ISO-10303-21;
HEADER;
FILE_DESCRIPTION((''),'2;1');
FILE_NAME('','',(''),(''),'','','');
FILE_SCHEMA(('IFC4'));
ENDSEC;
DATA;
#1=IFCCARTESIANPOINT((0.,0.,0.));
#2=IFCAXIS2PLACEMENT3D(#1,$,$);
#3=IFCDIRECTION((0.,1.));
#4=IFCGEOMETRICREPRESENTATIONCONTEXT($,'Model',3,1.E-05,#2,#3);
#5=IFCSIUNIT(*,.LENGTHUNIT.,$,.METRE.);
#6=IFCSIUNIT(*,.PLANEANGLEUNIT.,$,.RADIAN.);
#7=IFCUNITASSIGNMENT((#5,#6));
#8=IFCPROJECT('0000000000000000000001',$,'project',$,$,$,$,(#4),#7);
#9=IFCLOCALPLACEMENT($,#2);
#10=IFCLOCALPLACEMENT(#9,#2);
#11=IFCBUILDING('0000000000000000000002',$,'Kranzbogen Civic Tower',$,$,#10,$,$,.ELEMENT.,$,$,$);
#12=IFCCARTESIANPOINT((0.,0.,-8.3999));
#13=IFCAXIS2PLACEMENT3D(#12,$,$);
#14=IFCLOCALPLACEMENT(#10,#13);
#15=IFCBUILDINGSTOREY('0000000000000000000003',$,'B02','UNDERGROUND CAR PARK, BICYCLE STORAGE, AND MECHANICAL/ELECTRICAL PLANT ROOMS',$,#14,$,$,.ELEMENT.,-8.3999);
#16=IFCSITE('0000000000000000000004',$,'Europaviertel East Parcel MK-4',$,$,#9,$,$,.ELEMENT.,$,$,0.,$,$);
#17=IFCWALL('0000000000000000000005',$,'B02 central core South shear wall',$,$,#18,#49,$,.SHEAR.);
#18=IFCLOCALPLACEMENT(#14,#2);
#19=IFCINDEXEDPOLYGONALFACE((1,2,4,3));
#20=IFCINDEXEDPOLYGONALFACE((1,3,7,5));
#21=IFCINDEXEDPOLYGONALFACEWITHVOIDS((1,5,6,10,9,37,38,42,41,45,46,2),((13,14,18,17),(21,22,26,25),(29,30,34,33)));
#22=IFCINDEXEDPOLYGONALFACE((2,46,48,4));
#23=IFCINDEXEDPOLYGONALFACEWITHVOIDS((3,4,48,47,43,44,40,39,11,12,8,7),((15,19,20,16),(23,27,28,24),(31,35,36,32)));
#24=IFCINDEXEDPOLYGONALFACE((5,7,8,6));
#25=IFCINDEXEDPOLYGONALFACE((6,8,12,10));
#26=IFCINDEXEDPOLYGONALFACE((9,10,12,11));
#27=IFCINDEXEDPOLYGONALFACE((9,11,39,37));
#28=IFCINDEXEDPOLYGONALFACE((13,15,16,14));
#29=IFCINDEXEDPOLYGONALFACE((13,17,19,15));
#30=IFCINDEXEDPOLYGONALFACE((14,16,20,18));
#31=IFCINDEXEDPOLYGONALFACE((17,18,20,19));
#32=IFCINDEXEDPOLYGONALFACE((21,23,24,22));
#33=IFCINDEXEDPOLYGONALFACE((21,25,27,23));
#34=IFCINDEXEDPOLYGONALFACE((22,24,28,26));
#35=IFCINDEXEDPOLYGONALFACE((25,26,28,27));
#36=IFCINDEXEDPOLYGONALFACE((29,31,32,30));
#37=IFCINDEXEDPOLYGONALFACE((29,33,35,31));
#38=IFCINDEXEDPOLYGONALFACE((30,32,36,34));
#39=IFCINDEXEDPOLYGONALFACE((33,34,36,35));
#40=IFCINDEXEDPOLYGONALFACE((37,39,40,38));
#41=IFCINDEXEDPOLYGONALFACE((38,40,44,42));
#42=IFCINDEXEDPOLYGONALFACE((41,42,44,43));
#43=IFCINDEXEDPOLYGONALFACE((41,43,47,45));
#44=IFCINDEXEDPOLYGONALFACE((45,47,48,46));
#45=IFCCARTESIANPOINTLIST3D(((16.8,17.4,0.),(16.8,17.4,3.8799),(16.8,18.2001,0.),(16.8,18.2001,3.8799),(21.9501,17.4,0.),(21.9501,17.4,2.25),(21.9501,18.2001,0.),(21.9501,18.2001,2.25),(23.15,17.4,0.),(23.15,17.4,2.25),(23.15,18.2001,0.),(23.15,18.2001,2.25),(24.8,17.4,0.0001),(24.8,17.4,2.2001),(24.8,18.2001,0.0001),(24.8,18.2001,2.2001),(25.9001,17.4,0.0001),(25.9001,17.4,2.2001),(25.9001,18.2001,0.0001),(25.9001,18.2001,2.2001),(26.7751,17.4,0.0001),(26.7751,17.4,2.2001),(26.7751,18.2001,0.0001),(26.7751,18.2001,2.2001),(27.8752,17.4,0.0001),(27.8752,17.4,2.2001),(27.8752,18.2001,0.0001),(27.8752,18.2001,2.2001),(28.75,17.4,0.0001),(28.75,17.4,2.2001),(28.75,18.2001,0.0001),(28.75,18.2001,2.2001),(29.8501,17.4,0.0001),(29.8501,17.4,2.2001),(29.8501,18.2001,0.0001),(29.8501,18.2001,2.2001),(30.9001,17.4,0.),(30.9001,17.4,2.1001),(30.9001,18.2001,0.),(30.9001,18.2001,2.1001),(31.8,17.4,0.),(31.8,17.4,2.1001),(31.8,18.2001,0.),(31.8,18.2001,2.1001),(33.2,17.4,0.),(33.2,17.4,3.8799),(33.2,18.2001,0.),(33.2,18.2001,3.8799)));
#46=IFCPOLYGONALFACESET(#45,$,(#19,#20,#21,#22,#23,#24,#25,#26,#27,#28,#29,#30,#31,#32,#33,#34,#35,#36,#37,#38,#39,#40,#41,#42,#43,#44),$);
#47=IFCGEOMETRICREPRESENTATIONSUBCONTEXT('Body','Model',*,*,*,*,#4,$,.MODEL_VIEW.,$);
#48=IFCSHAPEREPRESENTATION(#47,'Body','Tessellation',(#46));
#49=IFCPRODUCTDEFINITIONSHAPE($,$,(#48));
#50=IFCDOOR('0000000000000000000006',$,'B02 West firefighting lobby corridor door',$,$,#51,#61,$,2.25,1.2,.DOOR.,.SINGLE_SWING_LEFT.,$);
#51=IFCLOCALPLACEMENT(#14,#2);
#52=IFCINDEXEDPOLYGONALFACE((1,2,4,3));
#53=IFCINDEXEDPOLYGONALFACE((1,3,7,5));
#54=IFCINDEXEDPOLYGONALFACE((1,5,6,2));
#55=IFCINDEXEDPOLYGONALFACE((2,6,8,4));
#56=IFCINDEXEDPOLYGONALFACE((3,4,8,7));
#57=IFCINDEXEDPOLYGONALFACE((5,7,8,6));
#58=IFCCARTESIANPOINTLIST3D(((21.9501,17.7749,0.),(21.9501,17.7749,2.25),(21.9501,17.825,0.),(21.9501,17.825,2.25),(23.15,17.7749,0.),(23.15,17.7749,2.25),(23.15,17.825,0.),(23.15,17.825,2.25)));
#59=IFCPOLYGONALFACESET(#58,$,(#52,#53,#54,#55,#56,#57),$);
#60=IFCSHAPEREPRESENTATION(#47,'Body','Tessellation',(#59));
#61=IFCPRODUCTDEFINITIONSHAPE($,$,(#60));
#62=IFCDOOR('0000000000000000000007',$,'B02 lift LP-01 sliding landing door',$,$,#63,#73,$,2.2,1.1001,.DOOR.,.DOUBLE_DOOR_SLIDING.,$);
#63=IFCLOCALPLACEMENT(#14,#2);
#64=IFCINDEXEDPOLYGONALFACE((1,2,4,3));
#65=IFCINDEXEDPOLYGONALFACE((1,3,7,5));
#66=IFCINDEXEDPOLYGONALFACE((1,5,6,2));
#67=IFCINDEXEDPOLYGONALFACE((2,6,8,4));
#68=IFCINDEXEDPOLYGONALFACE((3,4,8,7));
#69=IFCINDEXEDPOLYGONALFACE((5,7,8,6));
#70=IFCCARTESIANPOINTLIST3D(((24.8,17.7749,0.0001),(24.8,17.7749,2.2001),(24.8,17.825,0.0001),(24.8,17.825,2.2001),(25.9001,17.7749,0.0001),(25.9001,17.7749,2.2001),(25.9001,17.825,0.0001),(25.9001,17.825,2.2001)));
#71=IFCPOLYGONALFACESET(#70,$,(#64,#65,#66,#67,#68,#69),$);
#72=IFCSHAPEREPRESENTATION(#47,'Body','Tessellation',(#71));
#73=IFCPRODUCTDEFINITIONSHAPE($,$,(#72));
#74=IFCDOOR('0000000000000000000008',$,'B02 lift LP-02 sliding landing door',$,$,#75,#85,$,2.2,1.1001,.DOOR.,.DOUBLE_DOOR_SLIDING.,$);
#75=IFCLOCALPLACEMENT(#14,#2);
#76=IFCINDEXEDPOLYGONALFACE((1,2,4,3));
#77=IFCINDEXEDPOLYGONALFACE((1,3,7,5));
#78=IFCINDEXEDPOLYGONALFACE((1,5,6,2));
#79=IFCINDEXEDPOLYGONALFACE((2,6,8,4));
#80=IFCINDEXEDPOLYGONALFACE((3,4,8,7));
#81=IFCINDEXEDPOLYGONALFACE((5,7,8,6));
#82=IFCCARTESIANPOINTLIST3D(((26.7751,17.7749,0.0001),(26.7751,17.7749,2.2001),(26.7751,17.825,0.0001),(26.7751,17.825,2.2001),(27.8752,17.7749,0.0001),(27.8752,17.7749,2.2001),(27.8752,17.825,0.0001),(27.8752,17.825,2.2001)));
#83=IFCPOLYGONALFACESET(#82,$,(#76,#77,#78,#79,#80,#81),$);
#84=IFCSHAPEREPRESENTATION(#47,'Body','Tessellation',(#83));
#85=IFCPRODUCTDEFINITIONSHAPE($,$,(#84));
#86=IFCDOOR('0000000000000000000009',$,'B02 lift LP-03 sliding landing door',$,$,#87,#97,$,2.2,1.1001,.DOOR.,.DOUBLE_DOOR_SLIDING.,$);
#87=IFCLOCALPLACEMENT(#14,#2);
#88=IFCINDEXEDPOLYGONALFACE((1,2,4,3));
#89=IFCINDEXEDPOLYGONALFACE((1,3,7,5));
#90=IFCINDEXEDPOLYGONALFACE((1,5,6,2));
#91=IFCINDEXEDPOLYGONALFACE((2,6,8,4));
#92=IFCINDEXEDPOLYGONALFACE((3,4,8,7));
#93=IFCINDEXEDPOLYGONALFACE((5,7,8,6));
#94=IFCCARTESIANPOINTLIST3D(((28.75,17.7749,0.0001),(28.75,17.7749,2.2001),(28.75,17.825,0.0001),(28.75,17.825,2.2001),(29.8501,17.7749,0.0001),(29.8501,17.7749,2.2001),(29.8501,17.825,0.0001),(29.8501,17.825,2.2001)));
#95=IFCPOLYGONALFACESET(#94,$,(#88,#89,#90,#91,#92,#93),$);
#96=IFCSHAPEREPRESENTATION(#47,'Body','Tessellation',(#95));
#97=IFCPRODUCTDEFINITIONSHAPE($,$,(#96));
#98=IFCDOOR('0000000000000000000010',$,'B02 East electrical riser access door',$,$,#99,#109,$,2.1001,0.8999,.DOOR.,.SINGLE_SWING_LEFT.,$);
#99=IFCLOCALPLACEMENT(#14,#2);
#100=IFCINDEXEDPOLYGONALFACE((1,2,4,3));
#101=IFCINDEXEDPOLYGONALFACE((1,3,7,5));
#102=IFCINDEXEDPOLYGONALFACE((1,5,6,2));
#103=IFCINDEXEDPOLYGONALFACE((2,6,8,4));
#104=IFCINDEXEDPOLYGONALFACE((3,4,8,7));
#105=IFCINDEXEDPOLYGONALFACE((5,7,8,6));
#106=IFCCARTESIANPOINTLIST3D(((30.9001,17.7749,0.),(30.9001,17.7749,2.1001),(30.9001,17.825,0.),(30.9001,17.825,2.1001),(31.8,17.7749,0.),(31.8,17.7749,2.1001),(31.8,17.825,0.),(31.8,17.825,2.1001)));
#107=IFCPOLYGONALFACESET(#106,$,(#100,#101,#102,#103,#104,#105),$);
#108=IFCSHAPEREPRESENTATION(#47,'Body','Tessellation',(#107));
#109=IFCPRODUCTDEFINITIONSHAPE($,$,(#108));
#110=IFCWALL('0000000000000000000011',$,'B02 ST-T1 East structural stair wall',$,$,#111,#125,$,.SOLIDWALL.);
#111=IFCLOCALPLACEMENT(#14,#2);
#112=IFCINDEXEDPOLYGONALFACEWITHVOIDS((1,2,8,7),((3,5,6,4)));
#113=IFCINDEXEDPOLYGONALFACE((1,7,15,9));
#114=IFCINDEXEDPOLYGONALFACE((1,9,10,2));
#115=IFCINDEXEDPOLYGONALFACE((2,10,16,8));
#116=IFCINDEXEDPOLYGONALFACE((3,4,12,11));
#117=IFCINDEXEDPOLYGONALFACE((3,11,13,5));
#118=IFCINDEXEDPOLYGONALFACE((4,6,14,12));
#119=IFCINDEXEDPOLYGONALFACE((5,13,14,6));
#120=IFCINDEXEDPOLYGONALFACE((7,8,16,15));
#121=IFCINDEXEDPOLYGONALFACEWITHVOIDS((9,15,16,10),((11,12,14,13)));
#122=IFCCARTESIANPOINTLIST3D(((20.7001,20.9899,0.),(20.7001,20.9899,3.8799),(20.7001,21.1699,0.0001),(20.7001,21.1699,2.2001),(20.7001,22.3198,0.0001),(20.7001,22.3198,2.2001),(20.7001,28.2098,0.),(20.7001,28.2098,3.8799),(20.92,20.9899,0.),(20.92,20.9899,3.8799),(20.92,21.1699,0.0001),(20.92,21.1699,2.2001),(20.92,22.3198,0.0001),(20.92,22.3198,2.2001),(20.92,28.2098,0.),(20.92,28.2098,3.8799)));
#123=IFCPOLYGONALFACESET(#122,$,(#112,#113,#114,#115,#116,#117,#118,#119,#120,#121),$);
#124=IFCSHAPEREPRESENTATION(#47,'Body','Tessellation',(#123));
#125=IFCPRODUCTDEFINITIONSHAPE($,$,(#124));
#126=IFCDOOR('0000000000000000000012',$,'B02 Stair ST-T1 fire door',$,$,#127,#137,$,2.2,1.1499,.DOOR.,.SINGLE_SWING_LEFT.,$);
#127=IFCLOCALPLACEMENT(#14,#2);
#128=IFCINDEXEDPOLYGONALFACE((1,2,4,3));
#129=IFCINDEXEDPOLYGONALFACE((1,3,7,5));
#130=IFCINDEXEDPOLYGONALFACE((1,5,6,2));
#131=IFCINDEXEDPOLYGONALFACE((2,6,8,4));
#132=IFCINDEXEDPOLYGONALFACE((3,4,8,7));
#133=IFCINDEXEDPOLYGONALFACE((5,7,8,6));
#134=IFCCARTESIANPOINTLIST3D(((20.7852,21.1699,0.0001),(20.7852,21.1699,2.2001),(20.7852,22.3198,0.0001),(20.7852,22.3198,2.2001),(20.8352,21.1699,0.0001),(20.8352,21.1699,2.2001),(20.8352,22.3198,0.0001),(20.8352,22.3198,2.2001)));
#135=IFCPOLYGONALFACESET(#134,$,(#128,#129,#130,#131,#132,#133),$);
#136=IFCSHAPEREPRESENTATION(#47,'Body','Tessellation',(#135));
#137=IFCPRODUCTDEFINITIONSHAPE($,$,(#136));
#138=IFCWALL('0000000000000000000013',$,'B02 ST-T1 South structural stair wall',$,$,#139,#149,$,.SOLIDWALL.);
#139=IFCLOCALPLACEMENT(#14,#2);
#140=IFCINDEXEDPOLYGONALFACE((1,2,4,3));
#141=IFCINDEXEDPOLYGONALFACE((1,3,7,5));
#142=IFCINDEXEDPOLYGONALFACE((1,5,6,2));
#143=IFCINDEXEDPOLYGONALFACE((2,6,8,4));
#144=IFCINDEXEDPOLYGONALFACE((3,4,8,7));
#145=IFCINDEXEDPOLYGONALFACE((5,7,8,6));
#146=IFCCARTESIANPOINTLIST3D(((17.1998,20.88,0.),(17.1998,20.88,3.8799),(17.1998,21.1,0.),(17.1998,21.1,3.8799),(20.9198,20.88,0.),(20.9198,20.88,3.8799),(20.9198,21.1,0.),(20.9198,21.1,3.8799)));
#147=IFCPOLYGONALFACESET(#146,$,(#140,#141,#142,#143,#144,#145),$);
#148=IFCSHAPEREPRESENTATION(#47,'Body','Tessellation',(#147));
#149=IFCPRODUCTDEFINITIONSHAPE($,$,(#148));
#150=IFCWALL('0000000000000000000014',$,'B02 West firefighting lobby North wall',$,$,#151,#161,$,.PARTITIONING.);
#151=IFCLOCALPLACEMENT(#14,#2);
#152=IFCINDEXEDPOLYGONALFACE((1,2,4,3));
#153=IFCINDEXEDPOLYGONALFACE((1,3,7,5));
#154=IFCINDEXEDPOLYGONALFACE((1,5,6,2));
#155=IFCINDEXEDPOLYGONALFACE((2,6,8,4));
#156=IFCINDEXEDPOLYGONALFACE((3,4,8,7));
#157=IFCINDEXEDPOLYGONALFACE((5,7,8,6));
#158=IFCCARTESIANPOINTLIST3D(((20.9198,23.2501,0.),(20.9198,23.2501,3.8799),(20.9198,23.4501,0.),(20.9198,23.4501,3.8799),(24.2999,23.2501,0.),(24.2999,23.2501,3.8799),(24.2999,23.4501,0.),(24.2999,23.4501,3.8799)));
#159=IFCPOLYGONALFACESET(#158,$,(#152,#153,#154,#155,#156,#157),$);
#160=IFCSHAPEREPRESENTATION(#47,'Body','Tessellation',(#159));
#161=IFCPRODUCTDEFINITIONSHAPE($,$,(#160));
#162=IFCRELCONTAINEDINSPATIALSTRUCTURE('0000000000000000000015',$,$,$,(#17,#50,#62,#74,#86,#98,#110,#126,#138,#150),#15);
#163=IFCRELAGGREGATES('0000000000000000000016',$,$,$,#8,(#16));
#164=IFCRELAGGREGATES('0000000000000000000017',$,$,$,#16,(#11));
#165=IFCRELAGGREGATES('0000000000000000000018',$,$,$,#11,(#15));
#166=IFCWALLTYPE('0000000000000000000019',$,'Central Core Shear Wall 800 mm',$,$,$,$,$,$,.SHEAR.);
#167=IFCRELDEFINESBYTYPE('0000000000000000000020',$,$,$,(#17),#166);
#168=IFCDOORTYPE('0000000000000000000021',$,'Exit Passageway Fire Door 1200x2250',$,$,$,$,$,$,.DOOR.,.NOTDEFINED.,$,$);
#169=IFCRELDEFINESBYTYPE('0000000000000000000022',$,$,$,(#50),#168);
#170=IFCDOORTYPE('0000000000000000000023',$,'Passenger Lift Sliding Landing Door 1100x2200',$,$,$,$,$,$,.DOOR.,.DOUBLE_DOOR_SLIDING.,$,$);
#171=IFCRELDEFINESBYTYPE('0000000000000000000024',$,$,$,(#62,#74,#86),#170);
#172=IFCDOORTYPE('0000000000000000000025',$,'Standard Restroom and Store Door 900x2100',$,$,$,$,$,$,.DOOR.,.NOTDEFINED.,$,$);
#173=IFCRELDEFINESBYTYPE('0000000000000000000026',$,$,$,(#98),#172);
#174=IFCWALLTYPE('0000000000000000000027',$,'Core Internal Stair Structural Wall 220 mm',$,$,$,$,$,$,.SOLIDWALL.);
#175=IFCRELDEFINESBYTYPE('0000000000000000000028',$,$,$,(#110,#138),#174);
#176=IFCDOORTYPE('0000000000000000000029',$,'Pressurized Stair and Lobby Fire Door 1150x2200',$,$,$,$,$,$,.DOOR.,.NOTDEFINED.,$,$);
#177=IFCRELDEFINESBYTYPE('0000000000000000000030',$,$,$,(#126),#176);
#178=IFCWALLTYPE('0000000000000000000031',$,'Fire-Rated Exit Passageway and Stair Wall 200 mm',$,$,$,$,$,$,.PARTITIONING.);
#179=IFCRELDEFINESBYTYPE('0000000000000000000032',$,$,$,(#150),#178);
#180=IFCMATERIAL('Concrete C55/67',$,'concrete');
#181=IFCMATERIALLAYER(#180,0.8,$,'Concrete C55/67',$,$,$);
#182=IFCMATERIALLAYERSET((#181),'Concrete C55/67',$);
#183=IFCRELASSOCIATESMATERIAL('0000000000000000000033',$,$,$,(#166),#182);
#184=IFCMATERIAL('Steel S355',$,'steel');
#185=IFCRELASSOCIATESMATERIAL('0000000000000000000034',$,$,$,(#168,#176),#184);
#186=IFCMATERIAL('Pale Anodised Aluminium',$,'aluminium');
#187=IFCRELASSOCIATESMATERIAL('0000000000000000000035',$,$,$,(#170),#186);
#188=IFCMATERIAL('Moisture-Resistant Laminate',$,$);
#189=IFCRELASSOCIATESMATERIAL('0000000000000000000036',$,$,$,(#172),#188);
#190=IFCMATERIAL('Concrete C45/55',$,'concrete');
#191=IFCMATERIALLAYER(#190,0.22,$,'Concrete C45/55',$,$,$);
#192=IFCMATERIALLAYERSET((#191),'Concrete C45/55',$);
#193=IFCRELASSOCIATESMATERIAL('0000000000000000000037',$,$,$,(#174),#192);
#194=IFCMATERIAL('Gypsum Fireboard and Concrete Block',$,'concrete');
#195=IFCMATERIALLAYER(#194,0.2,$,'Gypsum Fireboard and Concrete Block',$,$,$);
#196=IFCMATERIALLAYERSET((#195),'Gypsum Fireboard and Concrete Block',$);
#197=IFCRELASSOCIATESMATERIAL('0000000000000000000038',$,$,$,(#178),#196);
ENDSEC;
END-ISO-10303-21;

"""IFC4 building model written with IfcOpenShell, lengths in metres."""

from ifc_helpers import new_model, si_unit, direction, frame, frame_2d, origin, place, context, subcontext, project, spatial, rectangle, extrude, material, layer, layer_set, type_object, element, fill, save


model = new_model("IFC4")

# Units and contexts
model_context = context("Model", 3, precision=1e-05, world=origin(), true_north=direction((0.0, 1.0)))
body_context = subcontext(model_context, "Body", "Model", "MODEL_VIEW")
ifc_project = project(units=[si_unit("LENGTHUNIT", "METRE"), si_unit("PLANEANGLEUNIT", "RADIAN")], contexts=[model_context])

# Site, building, storey
site_placement = place(None, origin())
site = spatial("IfcSite", under=ifc_project, at=site_placement, Name="Europaviertel East Parcel MK-4", CompositionType="ELEMENT", RefElevation=0.0)
building_placement = place(site_placement, origin())
building = spatial("IfcBuilding", under=site, at=building_placement, Name="Kranzbogen Civic Tower", CompositionType="ELEMENT")
storey_placement = place(building_placement, frame((0.0, 0.0, -8.3999)))
storey = spatial("IfcBuildingStorey", under=building, at=storey_placement, Name="B02", Description="UNDERGROUND CAR PARK, BICYCLE STORAGE, AND MECHANICAL/ELECTRICAL PLANT ROOMS", CompositionType="ELEMENT", Elevation=-8.3999)

# Shared definitions
ifc_material_1 = material(Name="Concrete C45/55", Category="concrete")

# Wall, openings, doors
ifc_material_2 = material(Name="Concrete C55/67", Category="concrete")
ifc_layer_1 = layer(ifc_material_2, 0.8, Name="Concrete C55/67")
ifc_layer_set_1 = layer_set([ifc_layer_1], Name="Concrete C55/67")
wall_type_1 = type_object("IfcWallType", Name="Central Core Shear Wall 800 mm", PredefinedType="SHEAR", material=ifc_layer_set_1)
wall_1_placement = place(storey_placement, frame((16.8, 17.8, 0.0), z_axis=(0.0, 0.0, 1.0), x_axis=(1.0, 0.0, 0.0)))
wall_1 = element("IfcWall", 1, at=wall_1_placement, inside=storey, type_object=wall_type_1, Name="B02 central core South shear wall", PredefinedType="SHEAR", context=body_context, shape_type="SweptSolid", body=[
    extrude(rectangle(XDim=16.3999, YDim=0.8, at=frame_2d((8.2, 0.0))), origin(), (0.0, 0.0, 1.0), 3.8799),
])
opening_1_placement = place(wall_1_placement, frame((5.1499, 0.0, 0.0)))
opening_1 = element("IfcOpeningElement", 2, at=opening_1_placement, cuts=wall_1, PredefinedType="OPENING", context=body_context, shape_type="SweptSolid", body=[
    extrude(rectangle(XDim=1.2, YDim=2.25, at=frame_2d((0.6001, 1.125))), frame((0.0, 0.4102, 0.0), z_axis=(0.0, -1.0, 0.0), x_axis=(1.0, 0.0, 0.0)), (0.0, 0.0, 1.0), 0.8201),
])
opening_2_placement = place(wall_1_placement, frame((14.1001, 0.0, 0.0)))
opening_2 = element("IfcOpeningElement", 3, at=opening_2_placement, cuts=wall_1, PredefinedType="OPENING", context=body_context, shape_type="SweptSolid", body=[
    extrude(rectangle(XDim=0.8999, YDim=2.1001, at=frame_2d((0.45, 1.05))), frame((0.0, 0.4102, 0.0), z_axis=(0.0, -1.0, 0.0), x_axis=(1.0, 0.0, 0.0)), (0.0, 0.0, 1.0), 0.8201),
])
opening_3_placement = place(wall_1_placement, frame((8.0, 0.0, 0.0)))
opening_3 = element("IfcOpeningElement", 4, at=opening_3_placement, cuts=wall_1, PredefinedType="OPENING", context=body_context, shape_type="SweptSolid", body=[
    extrude(rectangle(XDim=1.1001, YDim=2.2, at=frame_2d((0.55, 1.1001))), frame((0.0, 0.4102, 0.0), z_axis=(0.0, -1.0, 0.0), x_axis=(1.0, 0.0, 0.0)), (0.0, 0.0, 1.0), 0.8201),
])
opening_4_placement = place(wall_1_placement, frame((9.9751, 0.0, 0.0)))
opening_4 = element("IfcOpeningElement", 5, at=opening_4_placement, cuts=wall_1, PredefinedType="OPENING", context=body_context, shape_type="SweptSolid", body=[
    extrude(rectangle(XDim=1.1001, YDim=2.2, at=frame_2d((0.55, 1.1001))), frame((0.0, 0.4102, 0.0), z_axis=(0.0, -1.0, 0.0), x_axis=(1.0, 0.0, 0.0)), (0.0, 0.0, 1.0), 0.8201),
])
opening_5_placement = place(wall_1_placement, frame((11.95, 0.0, 0.0)))
opening_5 = element("IfcOpeningElement", 6, at=opening_5_placement, cuts=wall_1, PredefinedType="OPENING", context=body_context, shape_type="SweptSolid", body=[
    extrude(rectangle(XDim=1.1001, YDim=2.2, at=frame_2d((0.55, 1.1001))), frame((0.0, 0.4102, 0.0), z_axis=(0.0, -1.0, 0.0), x_axis=(1.0, 0.0, 0.0)), (0.0, 0.0, 1.0), 0.8201),
])
ifc_material_3 = material(Name="Steel S355", Category="steel")
door_type_1 = type_object("IfcDoorType", Name="Exit Passageway Fire Door 1200x2250", OperationType="NOTDEFINED", PredefinedType="DOOR", material=ifc_material_3)
door_1_placement = place(opening_1_placement, origin())
door_1 = element("IfcDoor", 7, at=door_1_placement, inside=storey, type_object=door_type_1, Name="B02 West firefighting lobby corridor door", OperationType="SINGLE_SWING_LEFT", OverallHeight=2.25, OverallWidth=1.2, PredefinedType="DOOR", context=body_context, shape_type="SweptSolid", body=[
    extrude(rectangle(XDim=1.2, YDim=2.25, at=frame_2d((0.6001, 1.125))), frame((0.0, 0.0249, 0.0), z_axis=(0.0, -1.0, 0.0), x_axis=(1.0, 0.0, 0.0)), (0.0, 0.0, 1.0), 0.05),
])
fill(opening_1, door_1)
ifc_material_4 = material(Name="Pale Anodised Aluminium", Category="aluminium")
door_type_2 = type_object("IfcDoorType", Name="Passenger Lift Sliding Landing Door 1100x2200", OperationType="DOUBLE_DOOR_SLIDING", PredefinedType="DOOR", material=ifc_material_4)
door_2_placement = place(opening_3_placement, origin())
door_2 = element("IfcDoor", 8, at=door_2_placement, inside=storey, type_object=door_type_2, Name="B02 lift LP-01 sliding landing door", OperationType="DOUBLE_DOOR_SLIDING", OverallHeight=2.2, OverallWidth=1.1001, PredefinedType="DOOR", context=body_context, shape_type="SweptSolid", body=[
    extrude(rectangle(XDim=1.1001, YDim=2.2, at=frame_2d((0.55, 1.1001))), frame((0.0, 0.0249, 0.0), z_axis=(0.0, -1.0, 0.0), x_axis=(1.0, 0.0, 0.0)), (0.0, 0.0, 1.0), 0.05),
])
fill(opening_3, door_2)
door_3_placement = place(opening_4_placement, origin())
door_3 = element("IfcDoor", 9, at=door_3_placement, inside=storey, type_object=door_type_2, Name="B02 lift LP-02 sliding landing door", OperationType="DOUBLE_DOOR_SLIDING", OverallHeight=2.2, OverallWidth=1.1001, PredefinedType="DOOR", context=body_context, shape_type="SweptSolid", body=[
    extrude(rectangle(XDim=1.1001, YDim=2.2, at=frame_2d((0.55, 1.1001))), frame((0.0, 0.0249, 0.0), z_axis=(0.0, -1.0, 0.0), x_axis=(1.0, 0.0, 0.0)), (0.0, 0.0, 1.0), 0.05),
])
fill(opening_4, door_3)
door_4_placement = place(opening_5_placement, origin())
door_4 = element("IfcDoor", 10, at=door_4_placement, inside=storey, type_object=door_type_2, Name="B02 lift LP-03 sliding landing door", OperationType="DOUBLE_DOOR_SLIDING", OverallHeight=2.2, OverallWidth=1.1001, PredefinedType="DOOR", context=body_context, shape_type="SweptSolid", body=[
    extrude(rectangle(XDim=1.1001, YDim=2.2, at=frame_2d((0.55, 1.1001))), frame((0.0, 0.0249, 0.0), z_axis=(0.0, -1.0, 0.0), x_axis=(1.0, 0.0, 0.0)), (0.0, 0.0, 1.0), 0.05),
])
fill(opening_5, door_4)
ifc_material_5 = material(Name="Moisture-Resistant Laminate")
door_type_3 = type_object("IfcDoorType", Name="Standard Restroom and Store Door 900x2100", OperationType="NOTDEFINED", PredefinedType="DOOR", material=ifc_material_5)
door_5_placement = place(opening_2_placement, origin())
door_5 = element("IfcDoor", 11, at=door_5_placement, inside=storey, type_object=door_type_3, Name="B02 East electrical riser access door", OperationType="SINGLE_SWING_LEFT", OverallHeight=2.1001, OverallWidth=0.8999, PredefinedType="DOOR", context=body_context, shape_type="SweptSolid", body=[
    extrude(rectangle(XDim=0.8999, YDim=2.1001, at=frame_2d((0.45, 1.05))), frame((0.0, 0.0249, 0.0), z_axis=(0.0, -1.0, 0.0), x_axis=(1.0, 0.0, 0.0)), (0.0, 0.0, 1.0), 0.05),
])
fill(opening_2, door_5)

# Wall, opening, door
ifc_layer_2 = layer(ifc_material_1, 0.22, Name="Concrete C45/55")
ifc_layer_set_2 = layer_set([ifc_layer_2], Name="Concrete C45/55")
wall_type_2 = type_object("IfcWallType", Name="Core Internal Stair Structural Wall 220 mm", PredefinedType="SOLIDWALL", material=ifc_layer_set_2)
wall_2_placement = place(storey_placement, frame((20.8101, 20.99, 0.0), z_axis=(0.0, 0.0, 1.0), x_axis=(0.0, 1.0, 0.0)))
wall_2 = element("IfcWall", 12, at=wall_2_placement, inside=storey, type_object=wall_type_2, Name="B02 ST-T1 East structural stair wall", PredefinedType="SOLIDWALL", context=body_context, shape_type="SweptSolid", body=[
    extrude(rectangle(XDim=7.22, YDim=0.22, at=frame_2d((3.6099, 0.0))), origin(), (0.0, 0.0, 1.0), 3.8799),
])
opening_6_placement = place(wall_2_placement, frame((0.1799, 0.0, 0.0)))
opening_6 = element("IfcOpeningElement", 13, at=opening_6_placement, cuts=wall_2, PredefinedType="OPENING", context=body_context, shape_type="SweptSolid", body=[
    extrude(rectangle(XDim=1.1499, YDim=2.2, at=frame_2d((0.575, 1.1001))), frame((0.0, 0.1201, 0.0), z_axis=(0.0, -1.0, 0.0), x_axis=(1.0, 0.0, 0.0)), (0.0, 0.0, 1.0), 0.24),
])
door_type_4 = type_object("IfcDoorType", Name="Pressurized Stair and Lobby Fire Door 1150x2200", OperationType="NOTDEFINED", PredefinedType="DOOR", material=ifc_material_3)
door_6_placement = place(opening_6_placement, origin())
door_6 = element("IfcDoor", 14, at=door_6_placement, inside=storey, type_object=door_type_4, Name="B02 Stair ST-T1 fire door", OperationType="SINGLE_SWING_LEFT", OverallHeight=2.2, OverallWidth=1.1499, PredefinedType="DOOR", context=body_context, shape_type="SweptSolid", body=[
    extrude(rectangle(XDim=1.1499, YDim=2.2, at=frame_2d((0.575, 1.1001))), frame((0.0, 0.0249, 0.0), z_axis=(0.0, -1.0, 0.0), x_axis=(1.0, 0.0, 0.0)), (0.0, 0.0, 1.0), 0.05),
])
fill(opening_6, door_6)

# Walls
wall_3_placement = place(storey_placement, frame((17.2, 20.99, 0.0), z_axis=(0.0, 0.0, 1.0), x_axis=(1.0, 0.0, 0.0)))
element("IfcWall", 15, at=wall_3_placement, inside=storey, type_object=wall_type_2, Name="B02 ST-T1 South structural stair wall", PredefinedType="SOLIDWALL", context=body_context, shape_type="SweptSolid", body=[
    extrude(rectangle(XDim=3.72, YDim=0.22, at=frame_2d((1.8599, 0.0))), origin(), (0.0, 0.0, 1.0), 3.8799),
])
ifc_material_6 = material(Name="Gypsum Fireboard and Concrete Block", Category="concrete")
ifc_layer_3 = layer(ifc_material_6, 0.2, Name="Gypsum Fireboard and Concrete Block")
ifc_layer_set_3 = layer_set([ifc_layer_3], Name="Gypsum Fireboard and Concrete Block")
wall_type_3 = type_object("IfcWallType", Name="Fire-Rated Exit Passageway and Stair Wall 200 mm", PredefinedType="PARTITIONING", material=ifc_layer_set_3)
wall_4_placement = place(storey_placement, frame((20.9199, 23.3501, 0.0), z_axis=(0.0, 0.0, 1.0), x_axis=(1.0, 0.0, 0.0)))
element("IfcWall", 16, at=wall_4_placement, inside=storey, type_object=wall_type_3, Name="B02 West firefighting lobby North wall", PredefinedType="PARTITIONING", context=body_context, shape_type="SweptSolid", body=[
    extrude(rectangle(XDim=3.3801, YDim=0.2, at=frame_2d((1.6899, 0.0))), origin(), (0.0, 0.0, 1.0), 3.8799),
])

save(model, "model.ifc")
